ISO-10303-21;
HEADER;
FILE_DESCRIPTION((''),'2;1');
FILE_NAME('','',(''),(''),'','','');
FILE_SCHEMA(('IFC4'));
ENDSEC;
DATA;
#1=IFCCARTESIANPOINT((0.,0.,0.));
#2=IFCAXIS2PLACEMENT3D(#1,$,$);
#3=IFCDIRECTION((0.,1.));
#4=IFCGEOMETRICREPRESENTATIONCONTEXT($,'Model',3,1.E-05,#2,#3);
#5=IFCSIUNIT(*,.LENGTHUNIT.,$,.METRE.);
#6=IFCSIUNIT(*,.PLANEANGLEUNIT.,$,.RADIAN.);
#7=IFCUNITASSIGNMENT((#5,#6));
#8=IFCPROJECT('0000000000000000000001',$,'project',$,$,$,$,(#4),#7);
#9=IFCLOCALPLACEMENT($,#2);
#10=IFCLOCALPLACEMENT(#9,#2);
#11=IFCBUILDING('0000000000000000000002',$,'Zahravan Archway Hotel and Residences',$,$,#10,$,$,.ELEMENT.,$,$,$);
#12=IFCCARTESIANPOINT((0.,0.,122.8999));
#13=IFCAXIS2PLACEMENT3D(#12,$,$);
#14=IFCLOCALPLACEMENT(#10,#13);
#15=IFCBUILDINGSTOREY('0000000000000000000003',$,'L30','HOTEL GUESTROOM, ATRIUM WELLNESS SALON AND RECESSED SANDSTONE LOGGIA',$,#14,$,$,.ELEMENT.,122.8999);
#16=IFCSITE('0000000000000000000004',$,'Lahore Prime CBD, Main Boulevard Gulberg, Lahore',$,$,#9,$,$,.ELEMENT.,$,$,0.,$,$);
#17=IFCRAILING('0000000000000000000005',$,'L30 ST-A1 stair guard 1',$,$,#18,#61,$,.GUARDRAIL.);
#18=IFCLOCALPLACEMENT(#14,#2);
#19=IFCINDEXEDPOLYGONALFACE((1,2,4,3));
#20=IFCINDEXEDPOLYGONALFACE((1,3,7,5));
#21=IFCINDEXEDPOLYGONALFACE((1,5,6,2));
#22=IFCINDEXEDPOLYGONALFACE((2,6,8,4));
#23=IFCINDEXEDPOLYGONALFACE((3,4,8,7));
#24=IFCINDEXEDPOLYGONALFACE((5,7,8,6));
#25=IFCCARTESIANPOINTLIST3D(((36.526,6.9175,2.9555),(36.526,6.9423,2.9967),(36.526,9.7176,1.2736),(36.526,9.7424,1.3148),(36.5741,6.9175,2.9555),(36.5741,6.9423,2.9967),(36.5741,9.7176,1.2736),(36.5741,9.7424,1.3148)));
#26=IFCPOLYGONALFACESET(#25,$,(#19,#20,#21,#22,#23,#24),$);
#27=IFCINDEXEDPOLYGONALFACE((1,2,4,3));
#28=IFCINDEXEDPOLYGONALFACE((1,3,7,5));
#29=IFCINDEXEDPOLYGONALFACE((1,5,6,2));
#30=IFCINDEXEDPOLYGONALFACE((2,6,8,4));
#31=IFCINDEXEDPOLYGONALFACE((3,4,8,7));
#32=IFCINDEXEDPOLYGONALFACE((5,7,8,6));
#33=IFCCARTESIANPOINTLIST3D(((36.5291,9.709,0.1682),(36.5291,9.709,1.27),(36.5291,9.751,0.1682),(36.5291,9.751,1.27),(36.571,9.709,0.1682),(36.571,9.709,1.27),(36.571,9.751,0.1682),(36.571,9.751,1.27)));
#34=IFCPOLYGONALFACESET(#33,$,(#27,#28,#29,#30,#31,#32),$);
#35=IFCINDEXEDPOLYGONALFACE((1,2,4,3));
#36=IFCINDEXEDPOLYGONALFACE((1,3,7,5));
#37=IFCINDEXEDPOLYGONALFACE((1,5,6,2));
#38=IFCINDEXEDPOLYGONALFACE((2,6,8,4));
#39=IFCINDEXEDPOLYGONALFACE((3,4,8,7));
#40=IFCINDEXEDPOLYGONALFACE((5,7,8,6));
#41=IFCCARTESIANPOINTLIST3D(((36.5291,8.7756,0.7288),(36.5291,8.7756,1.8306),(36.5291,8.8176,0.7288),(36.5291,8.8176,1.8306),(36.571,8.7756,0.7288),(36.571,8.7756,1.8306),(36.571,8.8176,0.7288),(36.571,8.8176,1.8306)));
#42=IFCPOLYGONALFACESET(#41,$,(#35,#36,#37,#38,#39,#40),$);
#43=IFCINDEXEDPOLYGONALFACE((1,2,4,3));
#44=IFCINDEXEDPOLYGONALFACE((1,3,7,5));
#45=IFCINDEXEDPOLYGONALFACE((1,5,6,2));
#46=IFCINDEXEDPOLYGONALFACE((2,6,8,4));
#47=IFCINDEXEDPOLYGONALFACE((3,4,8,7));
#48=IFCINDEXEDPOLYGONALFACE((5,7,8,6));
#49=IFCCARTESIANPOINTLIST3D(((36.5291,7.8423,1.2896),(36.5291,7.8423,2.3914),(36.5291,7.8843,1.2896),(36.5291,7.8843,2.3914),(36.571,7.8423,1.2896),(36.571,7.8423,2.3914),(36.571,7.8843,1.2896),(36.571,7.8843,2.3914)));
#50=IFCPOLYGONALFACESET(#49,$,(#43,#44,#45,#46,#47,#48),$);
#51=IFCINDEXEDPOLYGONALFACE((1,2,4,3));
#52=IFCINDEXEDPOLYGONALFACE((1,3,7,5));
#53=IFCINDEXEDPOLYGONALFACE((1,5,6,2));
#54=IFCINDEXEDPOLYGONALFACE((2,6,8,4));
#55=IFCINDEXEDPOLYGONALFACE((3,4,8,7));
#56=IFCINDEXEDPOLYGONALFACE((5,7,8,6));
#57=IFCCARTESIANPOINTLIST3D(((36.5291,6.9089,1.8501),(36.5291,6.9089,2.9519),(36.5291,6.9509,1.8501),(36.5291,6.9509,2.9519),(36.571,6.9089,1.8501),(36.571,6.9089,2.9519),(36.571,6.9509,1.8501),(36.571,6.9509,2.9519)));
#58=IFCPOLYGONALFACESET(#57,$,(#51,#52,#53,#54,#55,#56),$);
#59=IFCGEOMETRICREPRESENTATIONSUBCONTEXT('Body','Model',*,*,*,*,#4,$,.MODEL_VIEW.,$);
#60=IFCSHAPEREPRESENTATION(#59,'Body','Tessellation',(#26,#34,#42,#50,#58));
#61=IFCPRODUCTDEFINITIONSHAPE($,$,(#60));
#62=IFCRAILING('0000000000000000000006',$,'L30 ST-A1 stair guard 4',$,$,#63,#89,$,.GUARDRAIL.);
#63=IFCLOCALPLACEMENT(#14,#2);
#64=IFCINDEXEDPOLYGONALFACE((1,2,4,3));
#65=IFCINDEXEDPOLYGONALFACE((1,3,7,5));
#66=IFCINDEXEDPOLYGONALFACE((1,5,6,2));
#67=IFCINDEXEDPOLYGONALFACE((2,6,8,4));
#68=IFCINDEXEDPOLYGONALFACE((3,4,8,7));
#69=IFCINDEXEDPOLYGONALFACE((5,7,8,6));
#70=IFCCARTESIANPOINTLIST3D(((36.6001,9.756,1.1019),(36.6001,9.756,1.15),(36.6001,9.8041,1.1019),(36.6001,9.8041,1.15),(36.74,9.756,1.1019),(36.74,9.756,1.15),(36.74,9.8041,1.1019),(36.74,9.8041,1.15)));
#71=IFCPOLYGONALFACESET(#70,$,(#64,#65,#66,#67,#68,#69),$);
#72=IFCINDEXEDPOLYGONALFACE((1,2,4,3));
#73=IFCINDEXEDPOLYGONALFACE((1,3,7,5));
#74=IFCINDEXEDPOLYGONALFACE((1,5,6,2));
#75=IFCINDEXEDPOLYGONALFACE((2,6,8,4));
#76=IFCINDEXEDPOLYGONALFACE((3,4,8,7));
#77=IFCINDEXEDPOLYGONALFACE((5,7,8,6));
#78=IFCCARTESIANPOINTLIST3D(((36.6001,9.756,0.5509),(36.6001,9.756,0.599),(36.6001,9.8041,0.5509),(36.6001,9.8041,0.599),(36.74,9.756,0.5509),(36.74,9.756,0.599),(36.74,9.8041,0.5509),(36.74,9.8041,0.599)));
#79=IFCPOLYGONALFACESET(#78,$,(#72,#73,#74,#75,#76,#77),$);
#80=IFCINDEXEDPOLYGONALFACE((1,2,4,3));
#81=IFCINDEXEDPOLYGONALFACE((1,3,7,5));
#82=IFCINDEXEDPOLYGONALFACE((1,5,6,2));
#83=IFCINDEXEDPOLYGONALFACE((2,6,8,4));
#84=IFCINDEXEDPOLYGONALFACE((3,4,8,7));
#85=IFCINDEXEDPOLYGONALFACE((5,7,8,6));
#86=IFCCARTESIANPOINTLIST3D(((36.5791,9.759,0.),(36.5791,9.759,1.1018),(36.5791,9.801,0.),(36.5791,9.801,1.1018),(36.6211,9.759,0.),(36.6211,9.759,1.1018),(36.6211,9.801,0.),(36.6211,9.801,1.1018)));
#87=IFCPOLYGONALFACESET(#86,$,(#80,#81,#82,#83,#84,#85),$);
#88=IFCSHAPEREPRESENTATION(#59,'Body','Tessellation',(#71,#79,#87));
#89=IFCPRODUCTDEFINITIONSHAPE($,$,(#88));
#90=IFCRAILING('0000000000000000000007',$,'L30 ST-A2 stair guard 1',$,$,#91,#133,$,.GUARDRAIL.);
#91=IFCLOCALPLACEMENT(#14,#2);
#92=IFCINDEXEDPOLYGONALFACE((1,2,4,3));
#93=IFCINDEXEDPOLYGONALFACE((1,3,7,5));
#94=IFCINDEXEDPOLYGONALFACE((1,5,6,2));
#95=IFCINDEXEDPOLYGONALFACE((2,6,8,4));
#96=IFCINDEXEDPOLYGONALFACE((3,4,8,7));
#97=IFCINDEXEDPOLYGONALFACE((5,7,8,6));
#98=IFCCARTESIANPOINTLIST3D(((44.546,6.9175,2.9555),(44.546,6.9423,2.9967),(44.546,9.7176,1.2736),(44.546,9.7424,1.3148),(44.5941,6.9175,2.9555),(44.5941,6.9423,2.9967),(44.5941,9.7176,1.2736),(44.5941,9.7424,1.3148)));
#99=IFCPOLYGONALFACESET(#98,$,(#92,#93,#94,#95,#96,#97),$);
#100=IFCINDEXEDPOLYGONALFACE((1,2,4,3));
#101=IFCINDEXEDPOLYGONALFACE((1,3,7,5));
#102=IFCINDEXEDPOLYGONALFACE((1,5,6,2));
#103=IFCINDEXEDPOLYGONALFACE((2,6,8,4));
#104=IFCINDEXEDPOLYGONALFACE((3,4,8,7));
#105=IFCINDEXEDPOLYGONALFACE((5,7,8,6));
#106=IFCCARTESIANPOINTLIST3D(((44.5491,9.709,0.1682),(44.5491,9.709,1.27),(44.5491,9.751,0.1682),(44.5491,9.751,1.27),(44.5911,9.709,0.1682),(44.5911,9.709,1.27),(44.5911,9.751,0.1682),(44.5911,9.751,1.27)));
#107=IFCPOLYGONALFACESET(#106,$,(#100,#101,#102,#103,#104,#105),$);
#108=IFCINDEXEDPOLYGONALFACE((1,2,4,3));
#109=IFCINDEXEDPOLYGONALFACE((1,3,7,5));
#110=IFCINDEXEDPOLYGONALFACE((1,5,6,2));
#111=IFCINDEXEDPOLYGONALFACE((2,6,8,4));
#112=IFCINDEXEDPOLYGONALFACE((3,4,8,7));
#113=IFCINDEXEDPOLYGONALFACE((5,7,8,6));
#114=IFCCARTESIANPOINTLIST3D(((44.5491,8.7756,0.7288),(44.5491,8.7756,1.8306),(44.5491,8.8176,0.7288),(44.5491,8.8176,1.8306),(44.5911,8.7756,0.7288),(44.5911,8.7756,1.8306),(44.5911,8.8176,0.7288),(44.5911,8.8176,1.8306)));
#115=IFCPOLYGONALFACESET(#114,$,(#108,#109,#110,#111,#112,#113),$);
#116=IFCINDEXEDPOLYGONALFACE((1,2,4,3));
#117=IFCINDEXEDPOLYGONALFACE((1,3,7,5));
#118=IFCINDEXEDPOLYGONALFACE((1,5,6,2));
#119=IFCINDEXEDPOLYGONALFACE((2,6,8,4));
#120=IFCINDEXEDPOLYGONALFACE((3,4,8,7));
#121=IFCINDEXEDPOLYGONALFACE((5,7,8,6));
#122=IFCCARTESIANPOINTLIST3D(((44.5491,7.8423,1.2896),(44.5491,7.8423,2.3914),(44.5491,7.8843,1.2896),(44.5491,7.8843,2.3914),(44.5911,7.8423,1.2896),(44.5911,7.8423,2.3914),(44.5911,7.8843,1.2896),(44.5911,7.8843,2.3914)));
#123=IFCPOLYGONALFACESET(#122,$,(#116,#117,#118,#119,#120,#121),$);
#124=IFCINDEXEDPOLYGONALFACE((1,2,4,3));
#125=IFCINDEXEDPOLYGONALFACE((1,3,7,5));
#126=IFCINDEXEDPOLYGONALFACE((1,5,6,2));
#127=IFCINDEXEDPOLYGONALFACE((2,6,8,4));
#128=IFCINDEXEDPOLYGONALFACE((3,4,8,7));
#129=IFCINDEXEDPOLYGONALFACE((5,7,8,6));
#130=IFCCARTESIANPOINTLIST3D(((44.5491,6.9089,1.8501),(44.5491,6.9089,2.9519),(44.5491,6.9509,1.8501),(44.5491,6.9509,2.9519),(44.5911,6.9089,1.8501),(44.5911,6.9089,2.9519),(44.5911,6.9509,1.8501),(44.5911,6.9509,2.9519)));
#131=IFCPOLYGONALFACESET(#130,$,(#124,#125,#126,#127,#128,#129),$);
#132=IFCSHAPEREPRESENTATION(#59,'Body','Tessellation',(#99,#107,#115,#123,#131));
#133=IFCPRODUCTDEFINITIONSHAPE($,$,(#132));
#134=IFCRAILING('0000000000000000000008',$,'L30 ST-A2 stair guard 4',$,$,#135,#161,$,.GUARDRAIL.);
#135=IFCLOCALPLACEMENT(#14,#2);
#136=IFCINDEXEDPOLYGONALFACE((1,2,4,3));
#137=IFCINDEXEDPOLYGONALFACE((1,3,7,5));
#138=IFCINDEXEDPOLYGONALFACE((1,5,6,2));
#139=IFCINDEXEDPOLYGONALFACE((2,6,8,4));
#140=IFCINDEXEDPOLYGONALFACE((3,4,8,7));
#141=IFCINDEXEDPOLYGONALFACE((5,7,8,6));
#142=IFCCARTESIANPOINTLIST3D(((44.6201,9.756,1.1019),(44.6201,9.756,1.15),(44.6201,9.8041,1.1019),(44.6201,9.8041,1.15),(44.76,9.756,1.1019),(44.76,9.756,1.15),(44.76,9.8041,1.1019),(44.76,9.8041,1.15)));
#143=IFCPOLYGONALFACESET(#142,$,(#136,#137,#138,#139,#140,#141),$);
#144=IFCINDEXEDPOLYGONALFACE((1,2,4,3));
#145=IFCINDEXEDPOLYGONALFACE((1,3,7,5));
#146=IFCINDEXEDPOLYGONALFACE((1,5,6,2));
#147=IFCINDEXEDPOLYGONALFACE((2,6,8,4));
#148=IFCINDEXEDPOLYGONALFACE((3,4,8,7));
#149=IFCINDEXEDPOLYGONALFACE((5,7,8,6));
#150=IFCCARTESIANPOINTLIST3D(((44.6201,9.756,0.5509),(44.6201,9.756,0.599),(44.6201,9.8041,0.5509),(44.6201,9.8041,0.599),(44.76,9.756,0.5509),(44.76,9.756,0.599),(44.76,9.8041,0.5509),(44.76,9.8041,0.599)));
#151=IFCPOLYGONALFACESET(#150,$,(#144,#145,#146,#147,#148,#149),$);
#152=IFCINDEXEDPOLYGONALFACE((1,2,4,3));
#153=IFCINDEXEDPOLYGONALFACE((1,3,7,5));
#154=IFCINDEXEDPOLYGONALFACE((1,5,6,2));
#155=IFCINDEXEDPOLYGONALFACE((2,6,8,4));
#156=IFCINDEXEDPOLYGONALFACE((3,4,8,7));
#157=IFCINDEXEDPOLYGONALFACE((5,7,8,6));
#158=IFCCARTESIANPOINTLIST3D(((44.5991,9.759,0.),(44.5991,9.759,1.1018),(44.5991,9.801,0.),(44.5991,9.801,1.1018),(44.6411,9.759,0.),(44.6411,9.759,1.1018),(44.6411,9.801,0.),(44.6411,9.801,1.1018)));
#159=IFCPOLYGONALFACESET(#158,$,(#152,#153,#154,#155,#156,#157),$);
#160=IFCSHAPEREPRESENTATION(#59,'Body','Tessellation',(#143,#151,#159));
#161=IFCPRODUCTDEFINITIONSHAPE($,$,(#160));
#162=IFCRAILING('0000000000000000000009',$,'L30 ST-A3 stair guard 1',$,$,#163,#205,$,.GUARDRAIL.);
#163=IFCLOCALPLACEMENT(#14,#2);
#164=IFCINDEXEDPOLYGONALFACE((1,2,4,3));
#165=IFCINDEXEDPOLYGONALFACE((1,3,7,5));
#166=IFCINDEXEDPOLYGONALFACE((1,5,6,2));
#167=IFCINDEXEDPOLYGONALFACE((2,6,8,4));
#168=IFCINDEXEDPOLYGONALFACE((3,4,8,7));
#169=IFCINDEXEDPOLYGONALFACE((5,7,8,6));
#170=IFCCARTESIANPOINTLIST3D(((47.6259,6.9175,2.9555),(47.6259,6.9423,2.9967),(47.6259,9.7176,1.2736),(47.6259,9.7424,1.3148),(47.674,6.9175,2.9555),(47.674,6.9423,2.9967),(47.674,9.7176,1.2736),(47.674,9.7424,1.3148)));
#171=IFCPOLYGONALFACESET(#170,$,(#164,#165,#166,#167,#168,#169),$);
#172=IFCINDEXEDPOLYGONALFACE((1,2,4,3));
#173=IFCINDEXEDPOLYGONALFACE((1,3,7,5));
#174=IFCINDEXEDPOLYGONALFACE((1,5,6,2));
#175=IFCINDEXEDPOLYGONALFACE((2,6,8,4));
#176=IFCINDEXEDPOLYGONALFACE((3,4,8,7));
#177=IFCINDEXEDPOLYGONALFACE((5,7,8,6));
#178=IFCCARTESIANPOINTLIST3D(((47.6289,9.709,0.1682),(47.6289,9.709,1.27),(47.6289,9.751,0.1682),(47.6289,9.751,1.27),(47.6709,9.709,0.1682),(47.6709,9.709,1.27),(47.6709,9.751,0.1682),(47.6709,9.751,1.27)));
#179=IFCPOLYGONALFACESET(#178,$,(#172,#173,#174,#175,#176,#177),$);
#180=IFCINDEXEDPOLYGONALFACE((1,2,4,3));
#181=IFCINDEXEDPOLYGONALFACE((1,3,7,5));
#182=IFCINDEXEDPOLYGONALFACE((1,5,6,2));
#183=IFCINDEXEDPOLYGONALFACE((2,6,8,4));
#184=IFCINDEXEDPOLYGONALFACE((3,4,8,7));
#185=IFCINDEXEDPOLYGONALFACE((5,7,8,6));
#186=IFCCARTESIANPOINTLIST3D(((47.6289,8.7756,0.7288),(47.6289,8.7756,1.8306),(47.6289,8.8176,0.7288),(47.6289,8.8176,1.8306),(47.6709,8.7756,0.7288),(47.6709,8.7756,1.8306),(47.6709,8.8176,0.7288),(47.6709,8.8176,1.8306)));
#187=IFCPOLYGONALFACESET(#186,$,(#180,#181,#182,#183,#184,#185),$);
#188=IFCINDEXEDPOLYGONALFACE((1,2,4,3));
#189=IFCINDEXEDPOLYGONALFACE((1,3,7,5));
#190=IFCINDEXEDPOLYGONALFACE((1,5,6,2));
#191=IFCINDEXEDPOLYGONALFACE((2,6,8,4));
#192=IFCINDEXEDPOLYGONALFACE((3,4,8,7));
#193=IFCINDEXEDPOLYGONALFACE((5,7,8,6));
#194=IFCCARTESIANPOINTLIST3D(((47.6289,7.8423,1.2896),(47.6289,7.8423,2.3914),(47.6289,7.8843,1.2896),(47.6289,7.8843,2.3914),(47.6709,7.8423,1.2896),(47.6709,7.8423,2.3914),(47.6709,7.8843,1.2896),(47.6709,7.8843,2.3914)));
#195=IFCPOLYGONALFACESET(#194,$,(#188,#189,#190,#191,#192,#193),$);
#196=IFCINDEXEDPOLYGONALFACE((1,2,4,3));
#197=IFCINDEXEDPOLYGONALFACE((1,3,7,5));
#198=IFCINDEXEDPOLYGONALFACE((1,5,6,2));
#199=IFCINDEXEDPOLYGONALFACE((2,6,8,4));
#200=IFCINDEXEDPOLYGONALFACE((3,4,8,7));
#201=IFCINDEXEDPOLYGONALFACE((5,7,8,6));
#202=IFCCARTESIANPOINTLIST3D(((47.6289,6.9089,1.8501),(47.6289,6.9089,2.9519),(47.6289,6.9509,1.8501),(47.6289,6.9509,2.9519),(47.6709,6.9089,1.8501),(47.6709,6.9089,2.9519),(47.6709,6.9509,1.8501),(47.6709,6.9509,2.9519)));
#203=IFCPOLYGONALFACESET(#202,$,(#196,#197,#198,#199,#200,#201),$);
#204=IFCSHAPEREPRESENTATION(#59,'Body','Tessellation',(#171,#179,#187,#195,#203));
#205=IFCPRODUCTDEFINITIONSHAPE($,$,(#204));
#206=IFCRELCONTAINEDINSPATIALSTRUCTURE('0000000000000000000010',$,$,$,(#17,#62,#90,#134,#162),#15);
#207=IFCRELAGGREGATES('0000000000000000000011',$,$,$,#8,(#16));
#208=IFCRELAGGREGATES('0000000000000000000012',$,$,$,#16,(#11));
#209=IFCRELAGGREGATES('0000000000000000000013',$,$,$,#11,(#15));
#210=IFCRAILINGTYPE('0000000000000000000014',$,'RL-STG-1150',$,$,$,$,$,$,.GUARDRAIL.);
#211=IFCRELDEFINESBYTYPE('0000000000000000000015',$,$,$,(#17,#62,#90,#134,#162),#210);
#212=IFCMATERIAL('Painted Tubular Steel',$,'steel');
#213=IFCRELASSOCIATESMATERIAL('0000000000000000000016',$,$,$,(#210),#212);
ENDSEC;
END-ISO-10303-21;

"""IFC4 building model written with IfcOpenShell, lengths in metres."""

from ifc_helpers import new_model, si_unit, direction, frame, origin, origin_2d, place, context, subcontext, project, spatial, rectangle, extrude, material, type_object, element, save


model = new_model("IFC4")

# Units and contexts
model_context = context("Model", 3, precision=1e-05, world=origin(), true_north=direction((0.0, 1.0)))
body_context = subcontext(model_context, "Body", "Model", "MODEL_VIEW")
ifc_project = project(units=[si_unit("LENGTHUNIT", "METRE"), si_unit("PLANEANGLEUNIT", "RADIAN")], contexts=[model_context])

# Site, building, storey
site_placement = place(None, origin())
site = spatial("IfcSite", under=ifc_project, at=site_placement, Name="Lahore Prime CBD, Main Boulevard Gulberg, Lahore", CompositionType="ELEMENT", RefElevation=0.0)
building_placement = place(site_placement, origin())
building = spatial("IfcBuilding", under=site, at=building_placement, Name="Zahravan Archway Hotel and Residences", CompositionType="ELEMENT")
storey_placement = place(building_placement, frame((0.0, 0.0, 122.8999)))
storey = spatial("IfcBuildingStorey", under=building, at=storey_placement, Name="L30", Description="HOTEL GUESTROOM, ATRIUM WELLNESS SALON AND RECESSED SANDSTONE LOGGIA", CompositionType="ELEMENT", Elevation=122.8999)

# Railings
ifc_material_1 = material(Name="Painted Tubular Steel", Category="steel")
railing_type_1 = type_object("IfcRailingType", Name="RL-STG-1150", PredefinedType="GUARDRAIL", material=ifc_material_1)
railing_1_placement = place(storey_placement, frame((36.55, 9.73, 0.1682)))
element("IfcRailing", 1, at=railing_1_placement, inside=storey, type_object=railing_type_1, Name="L30 ST-A1 stair guard 1", PredefinedType="GUARDRAIL", context=body_context, shape_type="SweptSolid", body=[
    extrude(rectangle(XDim=0.0481, YDim=0.0481, at=origin_2d()), frame((0.0, 0.0, 1.126), z_axis=(0.0, -0.857242, 0.514913), x_axis=(1.0, 0.0, 0.0)), (0.0, 0.0, 1.0), 3.2664),
    extrude(rectangle(XDim=0.042, YDim=0.042, at=origin_2d()), origin(), (0.0, 0.0, 1.0), 1.1018),
    extrude(rectangle(XDim=0.042, YDim=0.042, at=origin_2d()), frame((0.0, -0.9333, 0.5605)), (0.0, 0.0, 1.0), 1.1018),
    extrude(rectangle(XDim=0.042, YDim=0.042, at=origin_2d()), frame((0.0, -1.8667, 1.1213)), (0.0, 0.0, 1.0), 1.1018),
    extrude(rectangle(XDim=0.042, YDim=0.042, at=origin_2d()), frame((0.0, -2.8, 1.6819)), (0.0, 0.0, 1.0), 1.1018),
])
railing_2_placement = place(storey_placement, frame((36.6001, 9.78, 0.0)))
element("IfcRailing", 2, at=railing_2_placement, inside=storey, type_object=railing_type_1, Name="L30 ST-A1 stair guard 4", PredefinedType="GUARDRAIL", context=body_context, shape_type="SweptSolid", body=[
    extrude(rectangle(XDim=0.0481, YDim=0.0481, at=origin_2d()), frame((0.0, 0.0, 1.126), z_axis=(1.0, 0.0, 0.0), x_axis=(0.0, 1.0, 0.0)), (0.0, 0.0, 1.0), 0.1399),
    extrude(rectangle(XDim=0.0481, YDim=0.0481, at=origin_2d()), frame((0.0, 0.0, 0.575), z_axis=(1.0, 0.0, 0.0), x_axis=(0.0, 1.0, 0.0)), (0.0, 0.0, 1.0), 0.1399),
    extrude(rectangle(XDim=0.042, YDim=0.042, at=origin_2d()), origin(), (0.0, 0.0, 1.0), 1.1018),
])
railing_3_placement = place(storey_placement, frame((44.5701, 9.73, 0.1682)))
element("IfcRailing", 3, at=railing_3_placement, inside=storey, type_object=railing_type_1, Name="L30 ST-A2 stair guard 1", PredefinedType="GUARDRAIL", context=body_context, shape_type="SweptSolid", body=[
    extrude(rectangle(XDim=0.0481, YDim=0.0481, at=origin_2d()), frame((0.0, 0.0, 1.126), z_axis=(0.0, -0.857242, 0.514913), x_axis=(1.0, 0.0, 0.0)), (0.0, 0.0, 1.0), 3.2664),
    extrude(rectangle(XDim=0.042, YDim=0.042, at=origin_2d()), origin(), (0.0, 0.0, 1.0), 1.1018),
    extrude(rectangle(XDim=0.042, YDim=0.042, at=origin_2d()), frame((0.0, -0.9333, 0.5605)), (0.0, 0.0, 1.0), 1.1018),
    extrude(rectangle(XDim=0.042, YDim=0.042, at=origin_2d()), frame((0.0, -1.8667, 1.1213)), (0.0, 0.0, 1.0), 1.1018),
    extrude(rectangle(XDim=0.042, YDim=0.042, at=origin_2d()), frame((0.0, -2.8, 1.6819)), (0.0, 0.0, 1.0), 1.1018),
])
railing_4_placement = place(storey_placement, frame((44.6201, 9.78, 0.0)))
element("IfcRailing", 4, at=railing_4_placement, inside=storey, type_object=railing_type_1, Name="L30 ST-A2 stair guard 4", PredefinedType="GUARDRAIL", context=body_context, shape_type="SweptSolid", body=[
    extrude(rectangle(XDim=0.0481, YDim=0.0481, at=origin_2d()), frame((0.0, 0.0, 1.126), z_axis=(1.0, 0.0, 0.0), x_axis=(0.0, 1.0, 0.0)), (0.0, 0.0, 1.0), 0.1399),
    extrude(rectangle(XDim=0.0481, YDim=0.0481, at=origin_2d()), frame((0.0, 0.0, 0.575), z_axis=(1.0, 0.0, 0.0), x_axis=(0.0, 1.0, 0.0)), (0.0, 0.0, 1.0), 0.1399),
    extrude(rectangle(XDim=0.042, YDim=0.042, at=origin_2d()), origin(), (0.0, 0.0, 1.0), 1.1018),
])
railing_5_placement = place(storey_placement, frame((47.6499, 9.73, 0.1682)))
element("IfcRailing", 5, at=railing_5_placement, inside=storey, type_object=railing_type_1, Name="L30 ST-A3 stair guard 1", PredefinedType="GUARDRAIL", context=body_context, shape_type="SweptSolid", body=[
    extrude(rectangle(XDim=0.0481, YDim=0.0481, at=origin_2d()), frame((0.0, 0.0, 1.126), z_axis=(0.0, -0.857242, 0.514913), x_axis=(1.0, 0.0, 0.0)), (0.0, 0.0, 1.0), 3.2664),
    extrude(rectangle(XDim=0.042, YDim=0.042, at=origin_2d()), origin(), (0.0, 0.0, 1.0), 1.1018),
    extrude(rectangle(XDim=0.042, YDim=0.042, at=origin_2d()), frame((0.0, -0.9333, 0.5605)), (0.0, 0.0, 1.0), 1.1018),
    extrude(rectangle(XDim=0.042, YDim=0.042, at=origin_2d()), frame((0.0, -1.8667, 1.1213)), (0.0, 0.0, 1.0), 1.1018),
    extrude(rectangle(XDim=0.042, YDim=0.042, at=origin_2d()), frame((0.0, -2.8, 1.6819)), (0.0, 0.0, 1.0), 1.1018),
])

save(model, "model.ifc")
